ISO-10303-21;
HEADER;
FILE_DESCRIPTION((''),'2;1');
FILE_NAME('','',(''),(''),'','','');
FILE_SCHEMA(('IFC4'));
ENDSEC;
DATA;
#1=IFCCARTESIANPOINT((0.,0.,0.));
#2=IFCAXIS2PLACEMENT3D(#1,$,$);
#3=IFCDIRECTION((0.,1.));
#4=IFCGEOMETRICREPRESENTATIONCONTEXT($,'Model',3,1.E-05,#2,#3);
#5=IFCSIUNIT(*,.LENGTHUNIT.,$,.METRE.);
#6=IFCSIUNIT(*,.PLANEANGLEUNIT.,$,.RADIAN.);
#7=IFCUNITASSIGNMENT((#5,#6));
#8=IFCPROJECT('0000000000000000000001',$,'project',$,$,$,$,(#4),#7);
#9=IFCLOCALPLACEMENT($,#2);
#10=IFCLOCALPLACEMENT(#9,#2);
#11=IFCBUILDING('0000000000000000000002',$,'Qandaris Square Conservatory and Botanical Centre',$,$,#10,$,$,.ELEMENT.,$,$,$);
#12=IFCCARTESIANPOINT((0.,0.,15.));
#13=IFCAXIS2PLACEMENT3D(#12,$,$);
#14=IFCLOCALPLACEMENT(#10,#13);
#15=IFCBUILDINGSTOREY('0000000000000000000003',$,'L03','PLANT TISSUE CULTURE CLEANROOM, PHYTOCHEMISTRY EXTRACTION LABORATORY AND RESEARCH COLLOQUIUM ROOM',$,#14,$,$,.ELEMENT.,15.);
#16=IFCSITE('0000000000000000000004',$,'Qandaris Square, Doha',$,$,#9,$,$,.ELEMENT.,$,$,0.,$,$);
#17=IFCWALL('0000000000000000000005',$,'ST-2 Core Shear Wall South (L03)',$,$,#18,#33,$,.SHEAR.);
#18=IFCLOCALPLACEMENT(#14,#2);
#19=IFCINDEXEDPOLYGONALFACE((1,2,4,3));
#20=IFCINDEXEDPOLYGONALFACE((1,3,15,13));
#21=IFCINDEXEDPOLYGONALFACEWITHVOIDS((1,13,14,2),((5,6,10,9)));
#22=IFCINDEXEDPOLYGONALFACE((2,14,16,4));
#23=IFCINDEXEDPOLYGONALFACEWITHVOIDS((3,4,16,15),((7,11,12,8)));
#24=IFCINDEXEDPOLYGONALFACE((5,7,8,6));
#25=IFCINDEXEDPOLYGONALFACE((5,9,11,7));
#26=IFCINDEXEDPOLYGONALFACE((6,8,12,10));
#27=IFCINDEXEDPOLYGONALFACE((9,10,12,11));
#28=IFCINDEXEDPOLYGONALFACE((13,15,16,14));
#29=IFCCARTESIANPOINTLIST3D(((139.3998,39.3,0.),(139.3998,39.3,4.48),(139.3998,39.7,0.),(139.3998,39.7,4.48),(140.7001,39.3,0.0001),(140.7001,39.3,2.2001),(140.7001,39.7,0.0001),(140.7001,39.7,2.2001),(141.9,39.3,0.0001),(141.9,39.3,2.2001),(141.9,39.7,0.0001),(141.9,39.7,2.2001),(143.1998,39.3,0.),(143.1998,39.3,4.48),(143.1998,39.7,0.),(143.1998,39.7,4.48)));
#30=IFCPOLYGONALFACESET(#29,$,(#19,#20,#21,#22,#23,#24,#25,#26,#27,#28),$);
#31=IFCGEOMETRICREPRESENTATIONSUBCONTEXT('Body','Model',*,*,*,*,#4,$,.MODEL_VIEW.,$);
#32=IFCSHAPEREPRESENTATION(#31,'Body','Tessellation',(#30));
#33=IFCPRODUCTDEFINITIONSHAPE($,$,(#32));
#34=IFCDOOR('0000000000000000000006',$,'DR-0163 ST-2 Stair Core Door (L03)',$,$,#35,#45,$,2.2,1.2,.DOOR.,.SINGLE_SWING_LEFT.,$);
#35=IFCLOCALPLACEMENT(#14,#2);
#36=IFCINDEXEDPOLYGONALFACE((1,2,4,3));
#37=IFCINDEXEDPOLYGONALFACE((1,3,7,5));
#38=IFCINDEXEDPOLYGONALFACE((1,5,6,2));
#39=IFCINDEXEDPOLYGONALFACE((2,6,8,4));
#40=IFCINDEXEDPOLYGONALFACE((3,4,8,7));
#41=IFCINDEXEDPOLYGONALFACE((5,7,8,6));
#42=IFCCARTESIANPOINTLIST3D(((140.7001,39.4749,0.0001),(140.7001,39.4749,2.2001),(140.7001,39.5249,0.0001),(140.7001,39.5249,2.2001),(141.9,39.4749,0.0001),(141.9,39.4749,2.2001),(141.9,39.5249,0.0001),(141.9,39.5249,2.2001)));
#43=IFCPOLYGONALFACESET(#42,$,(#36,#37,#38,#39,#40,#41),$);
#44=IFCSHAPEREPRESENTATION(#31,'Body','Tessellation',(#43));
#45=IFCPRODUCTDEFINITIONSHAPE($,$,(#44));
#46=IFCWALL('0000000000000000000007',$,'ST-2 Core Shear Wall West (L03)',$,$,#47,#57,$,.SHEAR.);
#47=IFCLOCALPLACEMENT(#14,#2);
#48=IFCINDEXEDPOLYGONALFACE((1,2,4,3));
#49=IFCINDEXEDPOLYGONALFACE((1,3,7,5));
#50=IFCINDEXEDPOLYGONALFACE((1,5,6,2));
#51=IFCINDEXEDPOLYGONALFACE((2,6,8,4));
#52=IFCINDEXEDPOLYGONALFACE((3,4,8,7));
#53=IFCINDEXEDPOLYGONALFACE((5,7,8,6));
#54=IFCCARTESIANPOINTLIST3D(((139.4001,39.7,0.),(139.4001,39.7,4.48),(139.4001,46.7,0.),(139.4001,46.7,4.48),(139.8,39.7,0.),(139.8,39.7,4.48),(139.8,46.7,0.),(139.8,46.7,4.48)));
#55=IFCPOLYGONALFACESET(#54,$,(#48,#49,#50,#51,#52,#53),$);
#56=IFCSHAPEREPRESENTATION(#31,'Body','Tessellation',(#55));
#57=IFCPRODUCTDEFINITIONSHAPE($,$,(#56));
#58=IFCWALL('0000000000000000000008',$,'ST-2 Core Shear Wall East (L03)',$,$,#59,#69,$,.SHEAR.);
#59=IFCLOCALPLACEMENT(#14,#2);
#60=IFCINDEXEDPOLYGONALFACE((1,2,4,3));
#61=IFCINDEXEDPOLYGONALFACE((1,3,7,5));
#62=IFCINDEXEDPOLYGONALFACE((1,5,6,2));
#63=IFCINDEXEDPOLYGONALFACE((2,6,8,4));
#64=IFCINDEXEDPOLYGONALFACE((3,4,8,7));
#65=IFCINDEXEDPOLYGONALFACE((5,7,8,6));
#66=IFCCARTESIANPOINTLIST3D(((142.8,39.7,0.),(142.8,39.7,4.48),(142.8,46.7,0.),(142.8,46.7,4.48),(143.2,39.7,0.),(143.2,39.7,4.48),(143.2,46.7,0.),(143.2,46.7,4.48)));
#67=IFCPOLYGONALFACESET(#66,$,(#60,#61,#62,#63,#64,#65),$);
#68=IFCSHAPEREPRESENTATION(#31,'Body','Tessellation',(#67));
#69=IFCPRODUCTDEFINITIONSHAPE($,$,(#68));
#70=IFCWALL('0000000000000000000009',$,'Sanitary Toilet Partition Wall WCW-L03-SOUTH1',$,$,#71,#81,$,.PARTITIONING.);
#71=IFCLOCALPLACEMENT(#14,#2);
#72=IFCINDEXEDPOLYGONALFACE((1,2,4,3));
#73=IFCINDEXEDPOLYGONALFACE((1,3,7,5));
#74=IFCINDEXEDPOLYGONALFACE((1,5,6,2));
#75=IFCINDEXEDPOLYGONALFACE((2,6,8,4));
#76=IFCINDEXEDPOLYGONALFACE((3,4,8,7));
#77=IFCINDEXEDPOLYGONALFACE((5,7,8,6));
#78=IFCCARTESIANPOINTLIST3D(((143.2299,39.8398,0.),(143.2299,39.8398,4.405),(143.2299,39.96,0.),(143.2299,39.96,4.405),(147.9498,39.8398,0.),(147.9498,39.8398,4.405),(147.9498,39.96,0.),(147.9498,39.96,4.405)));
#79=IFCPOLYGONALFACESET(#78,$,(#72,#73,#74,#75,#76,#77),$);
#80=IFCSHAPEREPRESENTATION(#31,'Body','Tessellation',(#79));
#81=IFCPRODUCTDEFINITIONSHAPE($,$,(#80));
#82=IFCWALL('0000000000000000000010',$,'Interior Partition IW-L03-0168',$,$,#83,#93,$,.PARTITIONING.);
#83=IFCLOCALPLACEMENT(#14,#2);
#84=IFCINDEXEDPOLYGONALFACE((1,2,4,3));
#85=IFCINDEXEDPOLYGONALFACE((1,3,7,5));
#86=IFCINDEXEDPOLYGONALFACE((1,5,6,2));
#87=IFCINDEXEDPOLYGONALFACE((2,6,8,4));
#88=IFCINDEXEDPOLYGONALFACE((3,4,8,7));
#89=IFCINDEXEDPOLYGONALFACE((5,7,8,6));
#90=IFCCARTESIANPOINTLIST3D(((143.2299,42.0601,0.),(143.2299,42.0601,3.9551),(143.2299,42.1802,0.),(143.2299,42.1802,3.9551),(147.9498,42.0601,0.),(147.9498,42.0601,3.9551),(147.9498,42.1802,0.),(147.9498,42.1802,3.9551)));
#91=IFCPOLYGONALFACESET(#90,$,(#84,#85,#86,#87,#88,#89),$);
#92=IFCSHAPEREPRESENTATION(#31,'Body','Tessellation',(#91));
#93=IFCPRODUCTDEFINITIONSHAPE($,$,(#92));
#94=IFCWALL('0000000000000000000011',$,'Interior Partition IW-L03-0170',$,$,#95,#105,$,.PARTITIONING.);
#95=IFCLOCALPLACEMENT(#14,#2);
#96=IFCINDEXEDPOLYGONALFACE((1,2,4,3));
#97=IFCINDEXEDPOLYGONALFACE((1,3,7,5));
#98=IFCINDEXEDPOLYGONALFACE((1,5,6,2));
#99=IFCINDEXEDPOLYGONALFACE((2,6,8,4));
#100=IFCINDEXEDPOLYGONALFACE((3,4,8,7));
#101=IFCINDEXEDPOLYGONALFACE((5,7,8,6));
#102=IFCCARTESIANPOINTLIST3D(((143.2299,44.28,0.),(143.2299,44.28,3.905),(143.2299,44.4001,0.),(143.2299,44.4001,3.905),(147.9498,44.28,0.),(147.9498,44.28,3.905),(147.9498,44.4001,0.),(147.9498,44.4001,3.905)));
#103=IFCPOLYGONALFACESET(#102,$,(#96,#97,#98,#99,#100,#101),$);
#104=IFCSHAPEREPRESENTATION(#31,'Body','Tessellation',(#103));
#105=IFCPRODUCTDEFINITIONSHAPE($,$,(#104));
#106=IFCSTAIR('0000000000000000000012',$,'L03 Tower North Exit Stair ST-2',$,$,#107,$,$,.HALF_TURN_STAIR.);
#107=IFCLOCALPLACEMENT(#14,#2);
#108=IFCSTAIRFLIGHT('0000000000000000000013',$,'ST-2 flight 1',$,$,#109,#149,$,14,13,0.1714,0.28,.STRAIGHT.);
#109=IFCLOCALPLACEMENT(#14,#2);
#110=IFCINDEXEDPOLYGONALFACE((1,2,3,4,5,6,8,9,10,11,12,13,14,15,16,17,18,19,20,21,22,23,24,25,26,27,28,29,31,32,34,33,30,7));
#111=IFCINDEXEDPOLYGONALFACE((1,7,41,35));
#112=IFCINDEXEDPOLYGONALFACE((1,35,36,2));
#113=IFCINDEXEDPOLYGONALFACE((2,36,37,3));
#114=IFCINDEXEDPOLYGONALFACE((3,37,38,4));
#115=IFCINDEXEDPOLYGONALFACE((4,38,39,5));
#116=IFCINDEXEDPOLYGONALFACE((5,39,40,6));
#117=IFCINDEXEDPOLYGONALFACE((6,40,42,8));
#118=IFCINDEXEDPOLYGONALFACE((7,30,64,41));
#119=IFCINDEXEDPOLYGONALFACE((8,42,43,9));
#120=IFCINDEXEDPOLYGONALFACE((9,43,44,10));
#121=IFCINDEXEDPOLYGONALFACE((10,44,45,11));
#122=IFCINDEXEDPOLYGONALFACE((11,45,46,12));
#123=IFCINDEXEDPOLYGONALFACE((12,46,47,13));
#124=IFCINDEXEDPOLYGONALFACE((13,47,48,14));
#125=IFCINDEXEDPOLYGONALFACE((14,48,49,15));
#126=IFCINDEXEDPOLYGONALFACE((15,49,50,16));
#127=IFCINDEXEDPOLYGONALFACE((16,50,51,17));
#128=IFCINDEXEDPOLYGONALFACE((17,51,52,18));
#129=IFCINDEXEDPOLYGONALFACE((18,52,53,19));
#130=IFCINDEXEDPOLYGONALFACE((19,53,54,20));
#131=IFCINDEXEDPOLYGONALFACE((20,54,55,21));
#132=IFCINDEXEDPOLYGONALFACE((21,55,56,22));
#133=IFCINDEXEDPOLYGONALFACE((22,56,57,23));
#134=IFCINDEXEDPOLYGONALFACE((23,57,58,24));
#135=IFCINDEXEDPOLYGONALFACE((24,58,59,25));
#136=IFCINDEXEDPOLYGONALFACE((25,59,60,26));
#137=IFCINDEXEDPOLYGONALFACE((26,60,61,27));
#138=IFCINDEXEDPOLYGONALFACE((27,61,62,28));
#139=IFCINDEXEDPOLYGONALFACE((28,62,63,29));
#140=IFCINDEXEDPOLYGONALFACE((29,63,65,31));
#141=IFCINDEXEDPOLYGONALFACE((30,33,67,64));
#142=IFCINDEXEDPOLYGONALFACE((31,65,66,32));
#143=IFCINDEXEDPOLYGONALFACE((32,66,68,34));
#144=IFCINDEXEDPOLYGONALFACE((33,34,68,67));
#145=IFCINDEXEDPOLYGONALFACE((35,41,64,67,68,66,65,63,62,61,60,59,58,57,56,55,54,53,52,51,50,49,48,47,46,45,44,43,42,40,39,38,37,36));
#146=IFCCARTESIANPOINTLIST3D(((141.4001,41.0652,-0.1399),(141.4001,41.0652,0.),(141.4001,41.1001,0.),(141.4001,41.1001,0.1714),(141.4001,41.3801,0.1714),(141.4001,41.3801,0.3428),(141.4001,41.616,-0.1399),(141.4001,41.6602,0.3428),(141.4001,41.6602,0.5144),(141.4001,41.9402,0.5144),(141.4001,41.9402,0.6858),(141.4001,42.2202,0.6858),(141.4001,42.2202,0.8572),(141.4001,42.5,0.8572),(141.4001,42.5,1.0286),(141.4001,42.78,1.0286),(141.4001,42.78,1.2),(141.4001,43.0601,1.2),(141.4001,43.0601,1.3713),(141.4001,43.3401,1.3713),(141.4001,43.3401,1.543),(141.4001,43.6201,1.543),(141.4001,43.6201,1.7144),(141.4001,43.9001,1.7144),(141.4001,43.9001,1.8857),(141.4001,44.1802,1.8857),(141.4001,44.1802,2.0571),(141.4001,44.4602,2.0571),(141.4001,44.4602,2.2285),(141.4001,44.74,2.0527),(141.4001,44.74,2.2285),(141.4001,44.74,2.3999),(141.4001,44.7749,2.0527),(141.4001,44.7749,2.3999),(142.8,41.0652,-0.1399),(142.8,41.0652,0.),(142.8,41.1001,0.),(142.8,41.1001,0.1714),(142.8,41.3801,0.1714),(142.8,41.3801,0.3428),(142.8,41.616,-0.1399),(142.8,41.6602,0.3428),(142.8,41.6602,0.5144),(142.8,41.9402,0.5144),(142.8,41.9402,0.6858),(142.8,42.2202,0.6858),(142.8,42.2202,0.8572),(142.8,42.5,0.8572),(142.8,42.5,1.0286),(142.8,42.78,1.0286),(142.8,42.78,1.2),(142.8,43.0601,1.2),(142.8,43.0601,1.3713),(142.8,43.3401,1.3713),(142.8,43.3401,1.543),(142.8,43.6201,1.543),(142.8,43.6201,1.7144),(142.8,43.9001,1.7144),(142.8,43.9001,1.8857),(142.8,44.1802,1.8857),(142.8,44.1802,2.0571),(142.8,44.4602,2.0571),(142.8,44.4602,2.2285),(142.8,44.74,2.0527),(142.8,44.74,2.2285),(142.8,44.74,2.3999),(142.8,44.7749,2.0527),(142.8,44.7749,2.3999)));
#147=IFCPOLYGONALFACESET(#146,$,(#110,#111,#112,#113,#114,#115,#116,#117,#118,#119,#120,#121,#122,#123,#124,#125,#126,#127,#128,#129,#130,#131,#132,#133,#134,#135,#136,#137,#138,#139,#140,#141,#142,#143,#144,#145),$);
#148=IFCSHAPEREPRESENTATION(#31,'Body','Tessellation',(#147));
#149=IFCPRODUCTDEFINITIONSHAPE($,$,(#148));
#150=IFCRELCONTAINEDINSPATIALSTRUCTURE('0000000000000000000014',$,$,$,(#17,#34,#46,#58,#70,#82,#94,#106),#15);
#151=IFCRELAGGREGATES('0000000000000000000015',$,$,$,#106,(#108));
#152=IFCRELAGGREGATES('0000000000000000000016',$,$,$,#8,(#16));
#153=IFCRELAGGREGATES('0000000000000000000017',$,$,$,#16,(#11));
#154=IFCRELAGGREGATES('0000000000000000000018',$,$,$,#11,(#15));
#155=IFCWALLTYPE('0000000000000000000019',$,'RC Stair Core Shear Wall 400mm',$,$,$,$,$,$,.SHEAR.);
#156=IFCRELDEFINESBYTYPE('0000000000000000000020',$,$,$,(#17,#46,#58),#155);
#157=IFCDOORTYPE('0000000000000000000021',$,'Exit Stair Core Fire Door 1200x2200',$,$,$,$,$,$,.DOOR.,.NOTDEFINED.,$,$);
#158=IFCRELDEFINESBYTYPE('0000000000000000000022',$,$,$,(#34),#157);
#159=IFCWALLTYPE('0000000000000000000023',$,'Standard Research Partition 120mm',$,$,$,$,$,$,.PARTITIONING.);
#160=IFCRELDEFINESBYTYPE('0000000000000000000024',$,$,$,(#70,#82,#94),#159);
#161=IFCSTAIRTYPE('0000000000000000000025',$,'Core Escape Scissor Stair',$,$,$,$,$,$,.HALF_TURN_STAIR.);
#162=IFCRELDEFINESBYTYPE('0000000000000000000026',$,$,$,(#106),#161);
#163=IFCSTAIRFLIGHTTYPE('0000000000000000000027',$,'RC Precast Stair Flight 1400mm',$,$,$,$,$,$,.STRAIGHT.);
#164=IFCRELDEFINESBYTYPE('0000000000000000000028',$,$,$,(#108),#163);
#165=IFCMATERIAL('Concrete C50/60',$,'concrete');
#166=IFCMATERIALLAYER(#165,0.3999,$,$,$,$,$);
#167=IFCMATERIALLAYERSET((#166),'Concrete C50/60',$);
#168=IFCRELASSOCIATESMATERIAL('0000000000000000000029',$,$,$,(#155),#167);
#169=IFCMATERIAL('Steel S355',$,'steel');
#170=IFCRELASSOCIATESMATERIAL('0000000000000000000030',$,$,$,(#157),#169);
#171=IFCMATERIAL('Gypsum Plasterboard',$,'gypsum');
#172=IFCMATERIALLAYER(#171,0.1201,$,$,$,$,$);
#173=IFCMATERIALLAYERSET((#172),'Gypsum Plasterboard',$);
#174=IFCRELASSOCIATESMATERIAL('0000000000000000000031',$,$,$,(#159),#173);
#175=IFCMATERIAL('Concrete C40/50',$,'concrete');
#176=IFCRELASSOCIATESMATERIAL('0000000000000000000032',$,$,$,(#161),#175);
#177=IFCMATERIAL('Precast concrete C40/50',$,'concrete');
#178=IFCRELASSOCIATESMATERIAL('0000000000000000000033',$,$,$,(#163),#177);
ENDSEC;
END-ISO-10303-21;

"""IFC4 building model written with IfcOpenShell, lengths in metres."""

from ifc_helpers import new_model, si_unit, direction, frame, frame_2d, origin, place, context, subcontext, project, spatial, polyline, rectangle, outline, extrude, material, layer, layer_set, type_object, element, fill, aggregate, save


model = new_model("IFC4")

# Units and contexts
model_context = context("Model", 3, precision=1e-05, world=origin(), true_north=direction((0.0, 1.0)))
body_context = subcontext(model_context, "Body", "Model", "MODEL_VIEW")
ifc_project = project(units=[si_unit("LENGTHUNIT", "METRE"), si_unit("PLANEANGLEUNIT", "RADIAN")], contexts=[model_context])

# Site, building, storey
site_placement = place(None, origin())
site = spatial("IfcSite", under=ifc_project, at=site_placement, Name="Qandaris Square, Doha", CompositionType="ELEMENT", RefElevation=0.0)
building_placement = place(site_placement, origin())
building = spatial("IfcBuilding", under=site, at=building_placement, Name="Qandaris Square Conservatory and Botanical Centre", CompositionType="ELEMENT")
storey_placement = place(building_placement, frame((0.0, 0.0, 15.0)))
storey = spatial("IfcBuildingStorey", under=building, at=storey_placement, Name="L03", Description="PLANT TISSUE CULTURE CLEANROOM, PHYTOCHEMISTRY EXTRACTION LABORATORY AND RESEARCH COLLOQUIUM ROOM", CompositionType="ELEMENT", Elevation=15.0)

# Shared definitions
ifc_material_1 = material(Name="Concrete C50/60", Category="concrete")

# Shared definitions
ifc_material_2 = material(Name="Steel S355", Category="steel")

# Shared definitions
ifc_material_3 = material(Name="Gypsum Plasterboard", Category="gypsum")

# Shared definitions
ifc_material_4 = material(Name="Concrete C40/50", Category="concrete")

# Wall, opening, door
ifc_layer_1 = layer(ifc_material_1, 0.3999)
ifc_layer_set_1 = layer_set([ifc_layer_1], Name="Concrete C50/60")
wall_type_1 = type_object("IfcWallType", Name="RC Stair Core Shear Wall 400mm", PredefinedType="SHEAR", material=ifc_layer_set_1)
wall_1_placement = place(storey_placement, frame((139.3999, 39.5, 0.0), z_axis=(0.0, 0.0, 1.0), x_axis=(1.0, 0.0, 0.0)))
wall_1 = element("IfcWall", 1, at=wall_1_placement, inside=storey, type_object=wall_type_1, Name="ST-2 Core Shear Wall South (L03)", PredefinedType="SHEAR", context=body_context, shape_type="SweptSolid", body=[
    extrude(rectangle(XDim=3.8, YDim=0.3999, at=frame_2d((1.8999, 0.0))), origin(), (0.0, 0.0, 1.0), 4.48),
])
opening_1_placement = place(wall_1_placement, frame((1.3, 0.0, 0.0)))
opening_1 = element("IfcOpeningElement", 2, at=opening_1_placement, cuts=wall_1, PredefinedType="OPENING", context=body_context, shape_type="SweptSolid", body=[
    extrude(rectangle(XDim=1.2, YDim=2.2, at=frame_2d((0.6001, 1.1001))), frame((0.0, 0.2119, 0.0), z_axis=(0.0, -1.0, 0.0), x_axis=(1.0, 0.0, 0.0)), (0.0, 0.0, 1.0), 0.4238),
])
door_type_1 = type_object("IfcDoorType", Name="Exit Stair Core Fire Door 1200x2200", OperationType="NOTDEFINED", PredefinedType="DOOR", material=ifc_material_2)
door_1_placement = place(opening_1_placement, origin())
door_1 = element("IfcDoor", 3, at=door_1_placement, inside=storey, type_object=door_type_1, Name="DR-0163 ST-2 Stair Core Door (L03)", OperationType="SINGLE_SWING_LEFT", OverallHeight=2.2, OverallWidth=1.2, PredefinedType="DOOR", context=body_context, shape_type="SweptSolid", body=[
    extrude(rectangle(XDim=1.2, YDim=2.2, at=frame_2d((0.6001, 1.1001))), frame((0.0, 0.0249, 0.0), z_axis=(0.0, -1.0, 0.0), x_axis=(1.0, 0.0, 0.0)), (0.0, 0.0, 1.0), 0.05),
])
fill(opening_1, door_1)

# Walls
for number, where, z_axis, x_axis, name in (
    (4, (139.6001, 39.7, 0.0), (0.0, 0.0, 1.0), (0.0, 1.0, 0.0), "ST-2 Core Shear Wall West (L03)"),
    (5, (143.0, 39.7, 0.0), (0.0, 0.0, 1.0), (0.0, 1.0, 0.0), "ST-2 Core Shear Wall East (L03)"),
):
    element("IfcWall", number, at=place(storey_placement, frame(where, z_axis=z_axis, x_axis=x_axis)), inside=storey, type_object=wall_type_1, Name=name, PredefinedType="SHEAR", context=body_context, shape_type="SweptSolid", body=[
        extrude(rectangle(XDim=7.0, YDim=0.3999, at=frame_2d((3.5, 0.0))), origin(), (0.0, 0.0, 1.0), 4.48),
    ])
ifc_layer_2 = layer(ifc_material_3, 0.1201)
ifc_layer_set_2 = layer_set([ifc_layer_2], Name="Gypsum Plasterboard")
wall_type_2 = type_object("IfcWallType", Name="Standard Research Partition 120mm", PredefinedType="PARTITIONING", material=ifc_layer_set_2)
wall_2_placement = place(storey_placement, frame((143.23, 39.8999, 0.0), z_axis=(0.0, 0.0, 1.0), x_axis=(1.0, 0.0, 0.0)))
element("IfcWall", 6, at=wall_2_placement, inside=storey, type_object=wall_type_2, Name="Sanitary Toilet Partition Wall WCW-L03-SOUTH1", PredefinedType="PARTITIONING", context=body_context, shape_type="SweptSolid", body=[
    extrude(rectangle(XDim=4.72, YDim=0.1201, at=frame_2d((2.3599, 0.0))), origin(), (0.0, 0.0, 1.0), 4.405),
])
wall_3_placement = place(storey_placement, frame((143.23, 42.1201, 0.0), z_axis=(0.0, 0.0, 1.0), x_axis=(1.0, 0.0, 0.0)))
element("IfcWall", 7, at=wall_3_placement, inside=storey, type_object=wall_type_2, Name="Interior Partition IW-L03-0168", PredefinedType="PARTITIONING", context=body_context, shape_type="SweptSolid", body=[
    extrude(rectangle(XDim=4.72, YDim=0.1201, at=frame_2d((2.3599, 0.0))), origin(), (0.0, 0.0, 1.0), 3.9551),
])

# Wall
wall_4_placement = place(storey_placement, frame((143.23, 44.3401, 0.0), z_axis=(0.0, 0.0, 1.0), x_axis=(1.0, 0.0, 0.0)))
element("IfcWall", 8, at=wall_4_placement, inside=storey, type_object=wall_type_2, Name="Interior Partition IW-L03-0170", PredefinedType="PARTITIONING", context=body_context, shape_type="SweptSolid", body=[
    extrude(rectangle(XDim=4.72, YDim=0.1201, at=frame_2d((2.3599, 0.0))), origin(), (0.0, 0.0, 1.0), 3.905),
])

# Stair, stair flight
stair_type = type_object("IfcStairType", Name="Core Escape Scissor Stair", PredefinedType="HALF_TURN_STAIR", material=ifc_material_4)
stair_placement = place(storey_placement, origin())
stair = element("IfcStair", 9, at=stair_placement, inside=storey, type_object=stair_type, Name="L03 Tower North Exit Stair ST-2", PredefinedType="HALF_TURN_STAIR")
ifc_material_5 = material(Name="Precast concrete C40/50", Category="concrete")
stair_flight_type = type_object("IfcStairFlightType", Name="RC Precast Stair Flight 1400mm", PredefinedType="STRAIGHT", material=ifc_material_5)
stair_flight_placement = place(storey_placement, frame((142.1001, 41.1001, 0.0), z_axis=(0.0, 0.0, 1.0), x_axis=(0.0, 1.0, 0.0)))
stair_flight = element("IfcStairFlight", 10, at=stair_flight_placement, type_object=stair_flight_type, Name="ST-2 flight 1", NumberOfRisers=14, NumberOfTreads=13, PredefinedType="STRAIGHT", RiserHeight=0.1714, TreadLength=0.28, context=body_context, shape_type="SweptSolid", body=[
    extrude(outline(polyline([(-0.0349, 0.0), (0.0, 0.0), (0.0, 0.1714), (0.28, 0.1714), (0.28, 0.3428), (0.5601, 0.3428), (0.5601, 0.5144), (0.8401, 0.5144), (0.8401, 0.6858), (1.1201, 0.6858), (1.1201, 0.8572), (1.3999, 0.8572), (1.3999, 1.0286), (1.6799, 1.0286), (1.6799, 1.2), (1.96, 1.2), (1.96, 1.3713), (2.24, 1.3713), (2.24, 1.543), (2.52, 1.543), (2.52, 1.7144), (2.8, 1.7144), (2.8, 1.8857), (3.0801, 1.8857), (3.0801, 2.0571), (3.3601, 2.0571), (3.3601, 2.2285), (3.6399, 2.2285), (3.6399, 2.3999), (3.6748, 2.3999), (3.6748, 2.0527), (3.6399, 2.0527), (0.5159, -0.1399), (-0.0349, -0.1399), (-0.0349, 0.0)])), frame((0.0, 0.7, 0.0), z_axis=(0.0, -1.0, 0.0), x_axis=(1.0, 0.0, 0.0)), (0.0, 0.0, 1.0), 1.3999),
])
aggregate(stair, [stair_flight])

save(model, "model.ifc")
